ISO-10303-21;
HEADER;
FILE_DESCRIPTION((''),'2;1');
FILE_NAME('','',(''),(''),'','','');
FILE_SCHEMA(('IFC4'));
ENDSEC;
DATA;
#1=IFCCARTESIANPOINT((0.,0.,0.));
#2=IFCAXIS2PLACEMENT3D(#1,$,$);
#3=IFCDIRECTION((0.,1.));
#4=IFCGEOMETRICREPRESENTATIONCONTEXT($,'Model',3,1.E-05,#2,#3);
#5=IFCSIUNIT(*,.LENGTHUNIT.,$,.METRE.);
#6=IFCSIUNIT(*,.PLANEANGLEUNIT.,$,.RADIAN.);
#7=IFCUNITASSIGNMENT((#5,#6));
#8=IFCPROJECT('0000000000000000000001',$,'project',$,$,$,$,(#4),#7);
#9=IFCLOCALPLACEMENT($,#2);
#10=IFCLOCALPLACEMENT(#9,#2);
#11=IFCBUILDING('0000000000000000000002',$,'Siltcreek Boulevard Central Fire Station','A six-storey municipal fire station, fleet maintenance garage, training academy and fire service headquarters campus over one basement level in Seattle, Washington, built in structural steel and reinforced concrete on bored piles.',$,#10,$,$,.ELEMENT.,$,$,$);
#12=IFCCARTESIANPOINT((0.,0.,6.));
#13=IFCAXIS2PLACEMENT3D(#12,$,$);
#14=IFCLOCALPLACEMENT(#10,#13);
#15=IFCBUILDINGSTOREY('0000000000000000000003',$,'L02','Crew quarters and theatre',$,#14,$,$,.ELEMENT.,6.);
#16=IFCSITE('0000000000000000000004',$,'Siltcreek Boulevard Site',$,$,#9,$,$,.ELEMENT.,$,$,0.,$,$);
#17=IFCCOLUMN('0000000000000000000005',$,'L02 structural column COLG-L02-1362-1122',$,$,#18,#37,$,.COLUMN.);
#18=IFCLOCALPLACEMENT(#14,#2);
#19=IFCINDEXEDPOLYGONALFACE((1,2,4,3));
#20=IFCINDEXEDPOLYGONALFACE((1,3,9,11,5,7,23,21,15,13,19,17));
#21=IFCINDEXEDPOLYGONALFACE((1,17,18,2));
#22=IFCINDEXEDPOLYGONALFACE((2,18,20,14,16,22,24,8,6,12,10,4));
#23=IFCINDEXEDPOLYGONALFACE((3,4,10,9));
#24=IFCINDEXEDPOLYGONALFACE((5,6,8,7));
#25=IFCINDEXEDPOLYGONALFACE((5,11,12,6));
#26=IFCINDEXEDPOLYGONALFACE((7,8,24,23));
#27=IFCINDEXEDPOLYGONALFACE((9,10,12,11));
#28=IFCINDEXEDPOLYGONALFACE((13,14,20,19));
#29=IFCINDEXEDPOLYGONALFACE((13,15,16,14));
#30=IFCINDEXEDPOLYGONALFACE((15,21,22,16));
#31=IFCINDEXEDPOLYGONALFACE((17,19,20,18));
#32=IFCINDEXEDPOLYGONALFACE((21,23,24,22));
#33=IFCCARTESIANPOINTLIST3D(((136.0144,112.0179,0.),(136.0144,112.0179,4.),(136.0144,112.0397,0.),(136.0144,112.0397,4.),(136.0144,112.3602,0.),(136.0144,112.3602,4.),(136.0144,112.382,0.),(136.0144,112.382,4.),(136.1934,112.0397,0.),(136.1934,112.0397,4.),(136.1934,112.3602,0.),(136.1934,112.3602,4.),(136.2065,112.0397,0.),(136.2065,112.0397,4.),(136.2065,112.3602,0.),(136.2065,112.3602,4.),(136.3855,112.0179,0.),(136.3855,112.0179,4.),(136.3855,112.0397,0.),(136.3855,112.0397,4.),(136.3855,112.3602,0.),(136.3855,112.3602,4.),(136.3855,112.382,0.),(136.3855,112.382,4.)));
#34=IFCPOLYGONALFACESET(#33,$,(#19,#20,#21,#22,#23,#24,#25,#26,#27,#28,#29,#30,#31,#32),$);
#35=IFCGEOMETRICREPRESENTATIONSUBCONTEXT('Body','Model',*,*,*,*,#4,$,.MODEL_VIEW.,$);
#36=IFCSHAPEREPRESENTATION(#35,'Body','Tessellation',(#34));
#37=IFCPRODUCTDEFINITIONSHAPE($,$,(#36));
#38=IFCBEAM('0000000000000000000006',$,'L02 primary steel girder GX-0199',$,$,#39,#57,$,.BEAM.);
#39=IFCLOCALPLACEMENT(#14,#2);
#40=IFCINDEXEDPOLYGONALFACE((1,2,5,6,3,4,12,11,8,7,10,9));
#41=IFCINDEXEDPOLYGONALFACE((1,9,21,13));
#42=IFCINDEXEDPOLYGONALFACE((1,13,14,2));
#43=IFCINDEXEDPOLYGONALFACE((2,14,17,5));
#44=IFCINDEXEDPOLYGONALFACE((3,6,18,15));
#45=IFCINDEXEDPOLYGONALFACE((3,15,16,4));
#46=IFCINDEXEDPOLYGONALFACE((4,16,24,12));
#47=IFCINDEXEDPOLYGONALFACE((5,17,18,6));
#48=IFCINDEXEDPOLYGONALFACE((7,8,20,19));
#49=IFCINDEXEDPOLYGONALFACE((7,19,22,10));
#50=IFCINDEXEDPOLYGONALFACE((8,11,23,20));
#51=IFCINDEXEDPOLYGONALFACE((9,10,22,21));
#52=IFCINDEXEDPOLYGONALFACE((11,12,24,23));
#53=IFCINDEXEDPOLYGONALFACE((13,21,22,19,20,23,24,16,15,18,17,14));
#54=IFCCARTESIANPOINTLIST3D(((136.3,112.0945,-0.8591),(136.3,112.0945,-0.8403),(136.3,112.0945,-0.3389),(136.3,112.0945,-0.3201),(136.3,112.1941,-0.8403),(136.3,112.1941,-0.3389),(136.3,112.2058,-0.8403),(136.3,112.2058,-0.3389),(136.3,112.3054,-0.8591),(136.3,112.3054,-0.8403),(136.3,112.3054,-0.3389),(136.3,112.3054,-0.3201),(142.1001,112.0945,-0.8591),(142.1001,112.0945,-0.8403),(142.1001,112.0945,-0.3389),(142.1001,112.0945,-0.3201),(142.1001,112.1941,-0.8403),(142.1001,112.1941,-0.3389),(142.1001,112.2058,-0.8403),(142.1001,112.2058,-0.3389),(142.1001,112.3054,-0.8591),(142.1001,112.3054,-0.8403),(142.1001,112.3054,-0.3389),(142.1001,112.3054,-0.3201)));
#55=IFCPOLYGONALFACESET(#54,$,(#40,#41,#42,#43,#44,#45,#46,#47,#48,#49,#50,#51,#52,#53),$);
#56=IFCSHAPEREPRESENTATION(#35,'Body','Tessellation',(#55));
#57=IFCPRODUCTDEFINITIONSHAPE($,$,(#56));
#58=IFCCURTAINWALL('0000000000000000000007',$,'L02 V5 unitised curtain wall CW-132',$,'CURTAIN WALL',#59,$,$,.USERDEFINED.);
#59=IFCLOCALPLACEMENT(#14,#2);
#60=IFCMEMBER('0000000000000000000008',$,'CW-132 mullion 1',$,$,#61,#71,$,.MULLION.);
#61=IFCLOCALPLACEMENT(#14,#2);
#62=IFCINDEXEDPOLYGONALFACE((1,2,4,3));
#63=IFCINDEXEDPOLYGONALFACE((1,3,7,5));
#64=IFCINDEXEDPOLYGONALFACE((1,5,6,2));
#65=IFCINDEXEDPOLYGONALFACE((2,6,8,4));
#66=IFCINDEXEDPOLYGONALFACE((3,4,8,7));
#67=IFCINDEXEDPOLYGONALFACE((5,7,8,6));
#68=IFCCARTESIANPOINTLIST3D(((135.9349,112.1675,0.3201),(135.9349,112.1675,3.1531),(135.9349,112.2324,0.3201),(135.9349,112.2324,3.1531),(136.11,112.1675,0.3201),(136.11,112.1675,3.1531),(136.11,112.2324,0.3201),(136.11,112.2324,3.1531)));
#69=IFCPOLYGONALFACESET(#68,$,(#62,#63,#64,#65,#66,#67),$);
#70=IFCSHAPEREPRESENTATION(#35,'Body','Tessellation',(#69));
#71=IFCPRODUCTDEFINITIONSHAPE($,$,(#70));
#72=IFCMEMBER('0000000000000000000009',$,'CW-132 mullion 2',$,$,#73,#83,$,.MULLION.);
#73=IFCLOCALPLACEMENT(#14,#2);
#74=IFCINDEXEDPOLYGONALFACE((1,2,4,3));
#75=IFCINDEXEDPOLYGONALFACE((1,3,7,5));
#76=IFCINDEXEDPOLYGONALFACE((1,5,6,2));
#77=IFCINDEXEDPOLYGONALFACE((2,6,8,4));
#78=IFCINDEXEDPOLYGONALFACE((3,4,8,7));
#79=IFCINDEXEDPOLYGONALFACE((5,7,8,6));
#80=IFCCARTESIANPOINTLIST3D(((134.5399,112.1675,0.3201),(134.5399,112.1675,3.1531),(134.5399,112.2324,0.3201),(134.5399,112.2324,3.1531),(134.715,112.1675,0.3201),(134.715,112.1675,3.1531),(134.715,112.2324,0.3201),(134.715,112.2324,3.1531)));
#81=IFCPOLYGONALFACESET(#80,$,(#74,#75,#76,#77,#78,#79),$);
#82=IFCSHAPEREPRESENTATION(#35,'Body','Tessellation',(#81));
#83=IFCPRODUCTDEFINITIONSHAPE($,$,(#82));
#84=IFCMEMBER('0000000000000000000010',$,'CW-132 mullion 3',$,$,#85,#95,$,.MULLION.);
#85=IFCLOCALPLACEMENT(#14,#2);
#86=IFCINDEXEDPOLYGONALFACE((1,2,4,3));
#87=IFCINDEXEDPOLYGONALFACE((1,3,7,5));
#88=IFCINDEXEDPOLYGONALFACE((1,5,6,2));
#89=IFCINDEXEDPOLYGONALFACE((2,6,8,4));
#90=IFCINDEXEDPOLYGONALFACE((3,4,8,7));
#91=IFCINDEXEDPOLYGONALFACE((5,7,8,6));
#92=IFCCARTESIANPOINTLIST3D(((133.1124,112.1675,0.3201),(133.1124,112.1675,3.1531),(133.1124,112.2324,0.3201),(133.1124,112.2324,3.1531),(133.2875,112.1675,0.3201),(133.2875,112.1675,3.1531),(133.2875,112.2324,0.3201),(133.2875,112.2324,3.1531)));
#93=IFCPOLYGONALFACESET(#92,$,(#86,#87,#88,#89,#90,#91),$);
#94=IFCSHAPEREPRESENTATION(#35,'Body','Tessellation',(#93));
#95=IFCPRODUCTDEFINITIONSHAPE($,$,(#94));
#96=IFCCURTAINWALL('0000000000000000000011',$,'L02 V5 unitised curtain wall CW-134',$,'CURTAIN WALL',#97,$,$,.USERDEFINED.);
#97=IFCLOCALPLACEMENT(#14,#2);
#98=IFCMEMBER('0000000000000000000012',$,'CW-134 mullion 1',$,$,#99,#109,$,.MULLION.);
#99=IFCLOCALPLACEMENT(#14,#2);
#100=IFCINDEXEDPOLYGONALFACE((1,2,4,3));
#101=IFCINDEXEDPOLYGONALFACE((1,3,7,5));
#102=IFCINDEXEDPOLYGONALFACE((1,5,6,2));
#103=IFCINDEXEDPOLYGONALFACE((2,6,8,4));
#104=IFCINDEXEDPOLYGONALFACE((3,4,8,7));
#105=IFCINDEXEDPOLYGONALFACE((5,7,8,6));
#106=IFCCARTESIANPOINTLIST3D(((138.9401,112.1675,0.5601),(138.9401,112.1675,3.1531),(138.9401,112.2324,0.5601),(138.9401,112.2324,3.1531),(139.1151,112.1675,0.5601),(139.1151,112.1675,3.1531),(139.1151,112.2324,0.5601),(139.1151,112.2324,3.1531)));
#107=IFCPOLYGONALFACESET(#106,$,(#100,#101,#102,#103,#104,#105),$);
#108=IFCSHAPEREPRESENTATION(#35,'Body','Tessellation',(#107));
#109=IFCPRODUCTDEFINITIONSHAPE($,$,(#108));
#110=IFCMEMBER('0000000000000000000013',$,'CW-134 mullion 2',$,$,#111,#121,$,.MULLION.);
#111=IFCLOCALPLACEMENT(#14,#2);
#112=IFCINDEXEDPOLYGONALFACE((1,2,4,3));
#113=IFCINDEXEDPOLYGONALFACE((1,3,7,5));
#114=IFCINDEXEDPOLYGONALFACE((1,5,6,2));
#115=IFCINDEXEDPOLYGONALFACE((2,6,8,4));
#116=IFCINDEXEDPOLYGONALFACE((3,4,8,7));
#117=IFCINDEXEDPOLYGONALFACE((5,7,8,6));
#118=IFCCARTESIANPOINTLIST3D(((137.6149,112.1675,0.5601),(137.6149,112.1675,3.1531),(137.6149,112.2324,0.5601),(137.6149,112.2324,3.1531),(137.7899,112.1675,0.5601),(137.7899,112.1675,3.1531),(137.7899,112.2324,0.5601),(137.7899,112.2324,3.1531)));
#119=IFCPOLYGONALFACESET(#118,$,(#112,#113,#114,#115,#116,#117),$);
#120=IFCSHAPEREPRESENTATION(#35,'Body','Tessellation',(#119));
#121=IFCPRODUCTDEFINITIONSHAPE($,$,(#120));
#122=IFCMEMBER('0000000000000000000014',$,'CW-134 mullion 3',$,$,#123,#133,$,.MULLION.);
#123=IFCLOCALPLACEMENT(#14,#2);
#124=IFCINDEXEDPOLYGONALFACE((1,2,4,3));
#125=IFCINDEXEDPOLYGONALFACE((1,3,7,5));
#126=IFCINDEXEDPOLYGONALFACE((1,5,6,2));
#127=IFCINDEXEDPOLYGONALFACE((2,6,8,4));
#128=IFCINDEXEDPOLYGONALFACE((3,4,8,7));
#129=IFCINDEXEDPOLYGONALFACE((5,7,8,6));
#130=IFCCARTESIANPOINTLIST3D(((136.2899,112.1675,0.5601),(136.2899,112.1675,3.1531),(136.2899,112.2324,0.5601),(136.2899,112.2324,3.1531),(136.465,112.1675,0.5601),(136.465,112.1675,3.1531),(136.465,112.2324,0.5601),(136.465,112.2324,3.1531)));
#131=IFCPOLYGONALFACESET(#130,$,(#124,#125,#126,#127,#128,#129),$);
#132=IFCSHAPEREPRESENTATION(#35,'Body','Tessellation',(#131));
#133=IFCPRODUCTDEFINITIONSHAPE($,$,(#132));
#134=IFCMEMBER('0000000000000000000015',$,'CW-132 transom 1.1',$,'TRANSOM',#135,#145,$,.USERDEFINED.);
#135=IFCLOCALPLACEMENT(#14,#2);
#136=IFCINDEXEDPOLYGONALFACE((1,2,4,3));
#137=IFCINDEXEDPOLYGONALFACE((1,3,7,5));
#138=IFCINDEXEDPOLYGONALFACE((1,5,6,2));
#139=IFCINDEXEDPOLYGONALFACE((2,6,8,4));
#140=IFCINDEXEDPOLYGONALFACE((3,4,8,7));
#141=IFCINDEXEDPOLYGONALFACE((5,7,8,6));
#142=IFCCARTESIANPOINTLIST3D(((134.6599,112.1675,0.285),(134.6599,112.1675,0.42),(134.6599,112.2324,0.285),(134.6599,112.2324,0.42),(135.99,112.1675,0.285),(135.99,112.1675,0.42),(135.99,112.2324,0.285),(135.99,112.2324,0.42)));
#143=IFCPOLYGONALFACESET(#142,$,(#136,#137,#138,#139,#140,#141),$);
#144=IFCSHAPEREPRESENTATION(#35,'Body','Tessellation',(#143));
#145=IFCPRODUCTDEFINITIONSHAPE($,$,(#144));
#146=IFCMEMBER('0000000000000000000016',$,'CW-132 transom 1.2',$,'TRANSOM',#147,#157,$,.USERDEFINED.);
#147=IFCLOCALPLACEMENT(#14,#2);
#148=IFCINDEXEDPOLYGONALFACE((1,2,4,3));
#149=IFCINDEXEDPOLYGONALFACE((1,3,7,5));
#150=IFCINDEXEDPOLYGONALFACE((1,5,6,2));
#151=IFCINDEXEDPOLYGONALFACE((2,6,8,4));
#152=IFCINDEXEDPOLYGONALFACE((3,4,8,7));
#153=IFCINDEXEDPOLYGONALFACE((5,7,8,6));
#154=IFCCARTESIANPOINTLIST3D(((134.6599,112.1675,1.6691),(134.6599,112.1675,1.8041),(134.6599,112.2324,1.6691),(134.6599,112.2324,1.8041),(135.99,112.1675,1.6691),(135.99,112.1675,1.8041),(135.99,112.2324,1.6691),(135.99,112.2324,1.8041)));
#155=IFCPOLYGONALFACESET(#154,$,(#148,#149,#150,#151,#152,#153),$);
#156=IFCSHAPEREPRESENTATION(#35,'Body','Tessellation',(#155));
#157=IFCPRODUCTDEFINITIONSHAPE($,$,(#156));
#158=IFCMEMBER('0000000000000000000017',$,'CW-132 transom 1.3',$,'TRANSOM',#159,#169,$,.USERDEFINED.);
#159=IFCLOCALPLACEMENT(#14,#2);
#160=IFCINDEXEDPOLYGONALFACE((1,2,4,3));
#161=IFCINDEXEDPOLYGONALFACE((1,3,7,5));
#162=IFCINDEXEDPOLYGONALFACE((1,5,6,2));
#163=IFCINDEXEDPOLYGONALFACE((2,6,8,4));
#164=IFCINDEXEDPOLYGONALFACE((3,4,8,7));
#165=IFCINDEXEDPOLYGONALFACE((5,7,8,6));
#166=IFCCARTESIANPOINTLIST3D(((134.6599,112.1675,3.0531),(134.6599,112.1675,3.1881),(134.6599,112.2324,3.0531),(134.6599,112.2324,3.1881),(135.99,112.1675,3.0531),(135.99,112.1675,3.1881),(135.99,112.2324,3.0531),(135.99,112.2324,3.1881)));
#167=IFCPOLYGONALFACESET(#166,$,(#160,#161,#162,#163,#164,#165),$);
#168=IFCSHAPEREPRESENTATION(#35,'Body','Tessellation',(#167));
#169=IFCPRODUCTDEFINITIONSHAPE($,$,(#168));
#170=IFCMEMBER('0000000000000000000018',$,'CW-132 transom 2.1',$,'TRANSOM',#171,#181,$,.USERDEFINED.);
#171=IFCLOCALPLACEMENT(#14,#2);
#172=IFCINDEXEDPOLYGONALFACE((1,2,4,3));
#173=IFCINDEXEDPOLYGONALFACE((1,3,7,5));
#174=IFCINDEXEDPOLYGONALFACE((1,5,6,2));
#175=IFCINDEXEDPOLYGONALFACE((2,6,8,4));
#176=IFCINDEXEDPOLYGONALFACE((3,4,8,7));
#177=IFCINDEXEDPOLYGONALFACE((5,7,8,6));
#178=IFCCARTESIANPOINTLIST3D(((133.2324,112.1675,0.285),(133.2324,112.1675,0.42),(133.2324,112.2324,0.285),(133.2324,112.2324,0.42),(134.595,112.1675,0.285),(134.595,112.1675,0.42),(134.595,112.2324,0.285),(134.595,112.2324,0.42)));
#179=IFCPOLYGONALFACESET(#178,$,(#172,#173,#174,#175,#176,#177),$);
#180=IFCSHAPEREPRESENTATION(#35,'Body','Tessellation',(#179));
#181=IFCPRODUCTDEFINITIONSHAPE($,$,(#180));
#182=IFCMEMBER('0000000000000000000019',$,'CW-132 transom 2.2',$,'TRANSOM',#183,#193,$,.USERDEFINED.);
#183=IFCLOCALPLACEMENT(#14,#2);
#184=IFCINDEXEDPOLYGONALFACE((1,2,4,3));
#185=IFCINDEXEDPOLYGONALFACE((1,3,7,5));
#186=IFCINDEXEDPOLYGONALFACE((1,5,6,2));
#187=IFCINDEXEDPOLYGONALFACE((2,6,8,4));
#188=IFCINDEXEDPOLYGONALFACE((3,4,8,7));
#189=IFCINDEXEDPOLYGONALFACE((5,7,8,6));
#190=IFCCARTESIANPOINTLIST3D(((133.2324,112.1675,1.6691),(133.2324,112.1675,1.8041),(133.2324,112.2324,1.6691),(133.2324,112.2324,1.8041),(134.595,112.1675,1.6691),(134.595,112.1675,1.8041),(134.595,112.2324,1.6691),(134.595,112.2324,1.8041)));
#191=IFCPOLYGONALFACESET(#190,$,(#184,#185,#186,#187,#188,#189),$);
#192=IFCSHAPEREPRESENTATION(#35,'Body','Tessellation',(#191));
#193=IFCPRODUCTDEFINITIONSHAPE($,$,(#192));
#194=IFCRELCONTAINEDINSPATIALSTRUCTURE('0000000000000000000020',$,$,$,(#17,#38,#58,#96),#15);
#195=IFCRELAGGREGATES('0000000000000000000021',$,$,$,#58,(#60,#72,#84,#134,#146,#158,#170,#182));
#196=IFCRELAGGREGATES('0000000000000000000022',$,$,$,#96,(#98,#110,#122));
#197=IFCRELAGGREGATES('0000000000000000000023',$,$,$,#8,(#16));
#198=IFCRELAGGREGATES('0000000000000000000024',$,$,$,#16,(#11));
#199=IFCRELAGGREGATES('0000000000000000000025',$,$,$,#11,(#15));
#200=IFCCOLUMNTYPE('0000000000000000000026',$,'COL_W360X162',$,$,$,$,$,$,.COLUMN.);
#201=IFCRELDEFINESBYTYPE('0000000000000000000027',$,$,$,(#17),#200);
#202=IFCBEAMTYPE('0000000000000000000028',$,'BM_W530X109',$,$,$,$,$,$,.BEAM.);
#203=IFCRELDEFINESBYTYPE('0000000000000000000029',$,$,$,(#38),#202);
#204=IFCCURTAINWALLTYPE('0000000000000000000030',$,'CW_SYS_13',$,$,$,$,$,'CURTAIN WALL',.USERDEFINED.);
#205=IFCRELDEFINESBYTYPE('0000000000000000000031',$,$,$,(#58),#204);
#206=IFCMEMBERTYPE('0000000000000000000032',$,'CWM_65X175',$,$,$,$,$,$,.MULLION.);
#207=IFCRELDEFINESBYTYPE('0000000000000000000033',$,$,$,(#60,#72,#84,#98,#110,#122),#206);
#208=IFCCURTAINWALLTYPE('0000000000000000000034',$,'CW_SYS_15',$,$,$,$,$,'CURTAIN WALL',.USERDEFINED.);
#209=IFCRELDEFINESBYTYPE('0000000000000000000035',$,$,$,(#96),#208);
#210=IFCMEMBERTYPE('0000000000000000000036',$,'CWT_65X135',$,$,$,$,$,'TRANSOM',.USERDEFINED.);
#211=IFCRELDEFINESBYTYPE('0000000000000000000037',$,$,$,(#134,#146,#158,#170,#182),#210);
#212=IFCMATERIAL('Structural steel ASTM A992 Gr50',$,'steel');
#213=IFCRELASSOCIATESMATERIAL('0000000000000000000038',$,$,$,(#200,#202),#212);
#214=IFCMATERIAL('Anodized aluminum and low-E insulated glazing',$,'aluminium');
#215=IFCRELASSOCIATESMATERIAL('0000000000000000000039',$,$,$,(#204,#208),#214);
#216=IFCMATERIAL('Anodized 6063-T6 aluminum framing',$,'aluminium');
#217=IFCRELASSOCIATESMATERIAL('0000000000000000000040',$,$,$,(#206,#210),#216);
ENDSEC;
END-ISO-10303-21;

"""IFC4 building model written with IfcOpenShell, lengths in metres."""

from ifc_helpers import new_model, si_unit, direction, frame, origin, origin_2d, place, context, subcontext, project, spatial, rectangle, i_section, extrude, material, material_profile, profile_set, type_object, element, aggregate, save


model = new_model("IFC4")

# Units and contexts
model_context = context("Model", 3, precision=1e-05, world=origin(), true_north=direction((0.0, 1.0)))
body_context = subcontext(model_context, "Body", "Model", "MODEL_VIEW")
ifc_project = project(units=[si_unit("LENGTHUNIT", "METRE"), si_unit("PLANEANGLEUNIT", "RADIAN")], contexts=[model_context])

# Site, building, storey
site_placement = place(None, origin())
site = spatial("IfcSite", under=ifc_project, at=site_placement, Name="Siltcreek Boulevard Site", CompositionType="ELEMENT", RefElevation=0.0)
building_placement = place(site_placement, origin())
building = spatial("IfcBuilding", under=site, at=building_placement, Name="Siltcreek Boulevard Central Fire Station", Description="A six-storey municipal fire station, fleet maintenance garage, training academy and fire service headquarters campus over one basement level in Seattle, Washington, built in structural steel and reinforced concrete on bored piles.", CompositionType="ELEMENT")
storey_placement = place(building_placement, frame((0.0, 0.0, 6.0)))
storey = spatial("IfcBuildingStorey", under=building, at=storey_placement, Name="L02", Description="Crew quarters and theatre", CompositionType="ELEMENT", Elevation=6.0)

# Column
ifc_material_1 = material(Name="Structural steel ASTM A992 Gr50", Category="steel")
ifc_material_profile_1 = material_profile(ifc_material_1, i_section(OverallWidth=0.3711, OverallDepth=0.364, WebThickness=0.0132, FlangeThickness=0.0217, at=origin_2d()), Name="W360X162")
ifc_profile_set_1 = profile_set([ifc_material_profile_1], Name="Structural steel ASTM A992 Gr50")
column_type = type_object("IfcColumnType", Name="COL_W360X162", PredefinedType="COLUMN", material=ifc_profile_set_1)
column_placement = place(storey_placement, frame((136.2, 112.2, 0.0), z_axis=(0.0, 0.0, 1.0), x_axis=(1.0, 0.0, 0.0)))
element("IfcColumn", 1, at=column_placement, inside=storey, type_object=column_type, Name="L02 structural column COLG-L02-1362-1122", PredefinedType="COLUMN", context=body_context, shape_type="SweptSolid", body=[
    extrude(i_section(OverallWidth=0.3711, OverallDepth=0.364, WebThickness=0.0132, FlangeThickness=0.0217, at=origin_2d()), origin(), (0.0, 0.0, 1.0), 4.0),
])

# Beam
ifc_material_profile_2 = material_profile(ifc_material_1, i_section(OverallWidth=0.2109, OverallDepth=0.5391, WebThickness=0.0117, FlangeThickness=0.0188, at=origin_2d()), Name="W530X109")
ifc_profile_set_2 = profile_set([ifc_material_profile_2], Name="Structural steel ASTM A992 Gr50")
beam_type = type_object("IfcBeamType", Name="BM_W530X109", PredefinedType="BEAM", material=ifc_profile_set_2)
beam_placement = place(storey_placement, frame((136.3, 112.2, -0.5896), z_axis=(1.0, 0.0, 0.0), x_axis=(0.0, 1.0, 0.0)))
element("IfcBeam", 2, at=beam_placement, inside=storey, type_object=beam_type, Name="L02 primary steel girder GX-0199", PredefinedType="BEAM", context=body_context, shape_type="SweptSolid", body=[
    extrude(i_section(OverallWidth=0.2109, OverallDepth=0.5391, WebThickness=0.0117, FlangeThickness=0.0188, at=origin_2d()), origin(), (0.0, 0.0, 1.0), 5.8),
])

# Curtain walls, members
ifc_material_2 = material(Name="Anodized aluminum and low-E insulated glazing", Category="aluminium")
curtain_wall_type_1 = type_object("IfcCurtainWallType", Name="CW_SYS_13", ElementType="CURTAIN WALL", PredefinedType="USERDEFINED", material=ifc_material_2)
curtain_wall_1_placement = place(storey_placement, origin())
curtain_wall_1 = element("IfcCurtainWall", 3, at=curtain_wall_1_placement, inside=storey, type_object=curtain_wall_type_1, Name="L02 V5 unitised curtain wall CW-132", ObjectType="CURTAIN WALL", PredefinedType="USERDEFINED")
ifc_material_3 = material(Name="Anodized 6063-T6 aluminum framing", Category="aluminium")
ifc_material_profile_3 = material_profile(ifc_material_3, rectangle(XDim=0.0649, YDim=0.175, at=origin_2d()), Name="MULL65X175")
ifc_profile_set_3 = profile_set([ifc_material_profile_3], Name="Anodized 6063-T6 aluminum framing")
member_type_1 = type_object("IfcMemberType", Name="CWM_65X175", PredefinedType="MULLION", material=ifc_profile_set_3)
member_1_placement = place(storey_placement, frame((136.0225, 112.2, 0.3201), z_axis=(0.0, 0.0, 1.0), x_axis=(0.0, -1.0, 0.0)))
member_1 = element("IfcMember", 4, at=member_1_placement, type_object=member_type_1, Name="CW-132 mullion 1", PredefinedType="MULLION", context=body_context, shape_type="SweptSolid", body=[
    extrude(rectangle(XDim=0.0649, YDim=0.175, at=origin_2d()), origin(), (0.0, 0.0, 1.0), 2.833),
])
member_2_placement = place(storey_placement, frame((134.6274, 112.2, 0.3201), z_axis=(0.0, 0.0, 1.0), x_axis=(0.0, -1.0, 0.0)))
member_2 = element("IfcMember", 5, at=member_2_placement, type_object=member_type_1, Name="CW-132 mullion 2", PredefinedType="MULLION", context=body_context, shape_type="SweptSolid", body=[
    extrude(rectangle(XDim=0.0649, YDim=0.175, at=origin_2d()), origin(), (0.0, 0.0, 1.0), 2.833),
])
member_3_placement = place(storey_placement, frame((133.2, 112.2, 0.3201), z_axis=(0.0, 0.0, 1.0), x_axis=(0.0, -1.0, 0.0)))
member_3 = element("IfcMember", 6, at=member_3_placement, type_object=member_type_1, Name="CW-132 mullion 3", PredefinedType="MULLION", context=body_context, shape_type="SweptSolid", body=[
    extrude(rectangle(XDim=0.0649, YDim=0.175, at=origin_2d()), origin(), (0.0, 0.0, 1.0), 2.833),
])
curtain_wall_type_2 = type_object("IfcCurtainWallType", Name="CW_SYS_15", ElementType="CURTAIN WALL", PredefinedType="USERDEFINED", material=ifc_material_2)
curtain_wall_2_placement = place(storey_placement, origin())
curtain_wall_2 = element("IfcCurtainWall", 7, at=curtain_wall_2_placement, inside=storey, type_object=curtain_wall_type_2, Name="L02 V5 unitised curtain wall CW-134", ObjectType="CURTAIN WALL", PredefinedType="USERDEFINED")
member_4_placement = place(storey_placement, frame((139.0276, 112.2, 0.5601), z_axis=(0.0, 0.0, 1.0), x_axis=(0.0, -1.0, 0.0)))
member_4 = element("IfcMember", 8, at=member_4_placement, type_object=member_type_1, Name="CW-134 mullion 1", PredefinedType="MULLION", context=body_context, shape_type="SweptSolid", body=[
    extrude(rectangle(XDim=0.0649, YDim=0.175, at=origin_2d()), origin(), (0.0, 0.0, 1.0), 2.593),
])
member_5_placement = place(storey_placement, frame((137.7024, 112.2, 0.5601), z_axis=(0.0, 0.0, 1.0), x_axis=(0.0, -1.0, 0.0)))
member_5 = element("IfcMember", 9, at=member_5_placement, type_object=member_type_1, Name="CW-134 mullion 2", PredefinedType="MULLION", context=body_context, shape_type="SweptSolid", body=[
    extrude(rectangle(XDim=0.0649, YDim=0.175, at=origin_2d()), origin(), (0.0, 0.0, 1.0), 2.593),
])
member_6_placement = place(storey_placement, frame((136.3774, 112.2, 0.5601), z_axis=(0.0, 0.0, 1.0), x_axis=(0.0, -1.0, 0.0)))
member_6 = element("IfcMember", 10, at=member_6_placement, type_object=member_type_1, Name="CW-134 mullion 3", PredefinedType="MULLION", context=body_context, shape_type="SweptSolid", body=[
    extrude(rectangle(XDim=0.0649, YDim=0.175, at=origin_2d()), origin(), (0.0, 0.0, 1.0), 2.593),
])

# Members
ifc_material_profile_4 = material_profile(ifc_material_3, rectangle(XDim=0.0649, YDim=0.135, at=origin_2d()), Name="TRAN65X135")
ifc_profile_set_4 = profile_set([ifc_material_profile_4], Name="Anodized 6063-T6 aluminum framing")
member_type_2 = type_object("IfcMemberType", Name="CWT_65X135", ElementType="TRANSOM", PredefinedType="USERDEFINED", material=ifc_profile_set_4)
member_7_placement = place(storey_placement, frame((135.99, 112.2, 0.3525), z_axis=(-1.0, 0.0, 0.0), x_axis=(0.0, -1.0, 0.0)))
member_7 = element("IfcMember", 11, at=member_7_placement, type_object=member_type_2, Name="CW-132 transom 1.1", ObjectType="TRANSOM", PredefinedType="USERDEFINED", context=body_context, shape_type="SweptSolid", body=[
    extrude(rectangle(XDim=0.0649, YDim=0.135, at=origin_2d()), origin(), (0.0, 0.0, 1.0), 1.3301),
])
member_8_placement = place(storey_placement, frame((135.99, 112.2, 1.7366), z_axis=(-1.0, 0.0, 0.0), x_axis=(0.0, -1.0, 0.0)))
member_8 = element("IfcMember", 12, at=member_8_placement, type_object=member_type_2, Name="CW-132 transom 1.2", ObjectType="TRANSOM", PredefinedType="USERDEFINED", context=body_context, shape_type="SweptSolid", body=[
    extrude(rectangle(XDim=0.0649, YDim=0.135, at=origin_2d()), origin(), (0.0, 0.0, 1.0), 1.3301),
])
member_9_placement = place(storey_placement, frame((135.99, 112.2, 3.1206), z_axis=(-1.0, 0.0, 0.0), x_axis=(0.0, -1.0, 0.0)))
member_9 = element("IfcMember", 13, at=member_9_placement, type_object=member_type_2, Name="CW-132 transom 1.3", ObjectType="TRANSOM", PredefinedType="USERDEFINED", context=body_context, shape_type="SweptSolid", body=[
    extrude(rectangle(XDim=0.0649, YDim=0.135, at=origin_2d()), origin(), (0.0, 0.0, 1.0), 1.3301),
])
member_10_placement = place(storey_placement, frame((134.595, 112.2, 0.3525), z_axis=(-1.0, 0.0, 0.0), x_axis=(0.0, -1.0, 0.0)))
member_10 = element("IfcMember", 14, at=member_10_placement, type_object=member_type_2, Name="CW-132 transom 2.1", ObjectType="TRANSOM", PredefinedType="USERDEFINED", context=body_context, shape_type="SweptSolid", body=[
    extrude(rectangle(XDim=0.0649, YDim=0.135, at=origin_2d()), origin(), (0.0, 0.0, 1.0), 1.3625),
])
member_11_placement = place(storey_placement, frame((134.595, 112.2, 1.7366), z_axis=(-1.0, 0.0, 0.0), x_axis=(0.0, -1.0, 0.0)))
member_11 = element("IfcMember", 15, at=member_11_placement, type_object=member_type_2, Name="CW-132 transom 2.2", ObjectType="TRANSOM", PredefinedType="USERDEFINED", context=body_context, shape_type="SweptSolid", body=[
    extrude(rectangle(XDim=0.0649, YDim=0.135, at=origin_2d()), origin(), (0.0, 0.0, 1.0), 1.3625),
])

aggregate(curtain_wall_1, [member_1, member_2, member_3, member_7, member_8, member_9, member_10, member_11])
aggregate(curtain_wall_2, [member_4, member_5, member_6])

save(model, "model.ifc")
